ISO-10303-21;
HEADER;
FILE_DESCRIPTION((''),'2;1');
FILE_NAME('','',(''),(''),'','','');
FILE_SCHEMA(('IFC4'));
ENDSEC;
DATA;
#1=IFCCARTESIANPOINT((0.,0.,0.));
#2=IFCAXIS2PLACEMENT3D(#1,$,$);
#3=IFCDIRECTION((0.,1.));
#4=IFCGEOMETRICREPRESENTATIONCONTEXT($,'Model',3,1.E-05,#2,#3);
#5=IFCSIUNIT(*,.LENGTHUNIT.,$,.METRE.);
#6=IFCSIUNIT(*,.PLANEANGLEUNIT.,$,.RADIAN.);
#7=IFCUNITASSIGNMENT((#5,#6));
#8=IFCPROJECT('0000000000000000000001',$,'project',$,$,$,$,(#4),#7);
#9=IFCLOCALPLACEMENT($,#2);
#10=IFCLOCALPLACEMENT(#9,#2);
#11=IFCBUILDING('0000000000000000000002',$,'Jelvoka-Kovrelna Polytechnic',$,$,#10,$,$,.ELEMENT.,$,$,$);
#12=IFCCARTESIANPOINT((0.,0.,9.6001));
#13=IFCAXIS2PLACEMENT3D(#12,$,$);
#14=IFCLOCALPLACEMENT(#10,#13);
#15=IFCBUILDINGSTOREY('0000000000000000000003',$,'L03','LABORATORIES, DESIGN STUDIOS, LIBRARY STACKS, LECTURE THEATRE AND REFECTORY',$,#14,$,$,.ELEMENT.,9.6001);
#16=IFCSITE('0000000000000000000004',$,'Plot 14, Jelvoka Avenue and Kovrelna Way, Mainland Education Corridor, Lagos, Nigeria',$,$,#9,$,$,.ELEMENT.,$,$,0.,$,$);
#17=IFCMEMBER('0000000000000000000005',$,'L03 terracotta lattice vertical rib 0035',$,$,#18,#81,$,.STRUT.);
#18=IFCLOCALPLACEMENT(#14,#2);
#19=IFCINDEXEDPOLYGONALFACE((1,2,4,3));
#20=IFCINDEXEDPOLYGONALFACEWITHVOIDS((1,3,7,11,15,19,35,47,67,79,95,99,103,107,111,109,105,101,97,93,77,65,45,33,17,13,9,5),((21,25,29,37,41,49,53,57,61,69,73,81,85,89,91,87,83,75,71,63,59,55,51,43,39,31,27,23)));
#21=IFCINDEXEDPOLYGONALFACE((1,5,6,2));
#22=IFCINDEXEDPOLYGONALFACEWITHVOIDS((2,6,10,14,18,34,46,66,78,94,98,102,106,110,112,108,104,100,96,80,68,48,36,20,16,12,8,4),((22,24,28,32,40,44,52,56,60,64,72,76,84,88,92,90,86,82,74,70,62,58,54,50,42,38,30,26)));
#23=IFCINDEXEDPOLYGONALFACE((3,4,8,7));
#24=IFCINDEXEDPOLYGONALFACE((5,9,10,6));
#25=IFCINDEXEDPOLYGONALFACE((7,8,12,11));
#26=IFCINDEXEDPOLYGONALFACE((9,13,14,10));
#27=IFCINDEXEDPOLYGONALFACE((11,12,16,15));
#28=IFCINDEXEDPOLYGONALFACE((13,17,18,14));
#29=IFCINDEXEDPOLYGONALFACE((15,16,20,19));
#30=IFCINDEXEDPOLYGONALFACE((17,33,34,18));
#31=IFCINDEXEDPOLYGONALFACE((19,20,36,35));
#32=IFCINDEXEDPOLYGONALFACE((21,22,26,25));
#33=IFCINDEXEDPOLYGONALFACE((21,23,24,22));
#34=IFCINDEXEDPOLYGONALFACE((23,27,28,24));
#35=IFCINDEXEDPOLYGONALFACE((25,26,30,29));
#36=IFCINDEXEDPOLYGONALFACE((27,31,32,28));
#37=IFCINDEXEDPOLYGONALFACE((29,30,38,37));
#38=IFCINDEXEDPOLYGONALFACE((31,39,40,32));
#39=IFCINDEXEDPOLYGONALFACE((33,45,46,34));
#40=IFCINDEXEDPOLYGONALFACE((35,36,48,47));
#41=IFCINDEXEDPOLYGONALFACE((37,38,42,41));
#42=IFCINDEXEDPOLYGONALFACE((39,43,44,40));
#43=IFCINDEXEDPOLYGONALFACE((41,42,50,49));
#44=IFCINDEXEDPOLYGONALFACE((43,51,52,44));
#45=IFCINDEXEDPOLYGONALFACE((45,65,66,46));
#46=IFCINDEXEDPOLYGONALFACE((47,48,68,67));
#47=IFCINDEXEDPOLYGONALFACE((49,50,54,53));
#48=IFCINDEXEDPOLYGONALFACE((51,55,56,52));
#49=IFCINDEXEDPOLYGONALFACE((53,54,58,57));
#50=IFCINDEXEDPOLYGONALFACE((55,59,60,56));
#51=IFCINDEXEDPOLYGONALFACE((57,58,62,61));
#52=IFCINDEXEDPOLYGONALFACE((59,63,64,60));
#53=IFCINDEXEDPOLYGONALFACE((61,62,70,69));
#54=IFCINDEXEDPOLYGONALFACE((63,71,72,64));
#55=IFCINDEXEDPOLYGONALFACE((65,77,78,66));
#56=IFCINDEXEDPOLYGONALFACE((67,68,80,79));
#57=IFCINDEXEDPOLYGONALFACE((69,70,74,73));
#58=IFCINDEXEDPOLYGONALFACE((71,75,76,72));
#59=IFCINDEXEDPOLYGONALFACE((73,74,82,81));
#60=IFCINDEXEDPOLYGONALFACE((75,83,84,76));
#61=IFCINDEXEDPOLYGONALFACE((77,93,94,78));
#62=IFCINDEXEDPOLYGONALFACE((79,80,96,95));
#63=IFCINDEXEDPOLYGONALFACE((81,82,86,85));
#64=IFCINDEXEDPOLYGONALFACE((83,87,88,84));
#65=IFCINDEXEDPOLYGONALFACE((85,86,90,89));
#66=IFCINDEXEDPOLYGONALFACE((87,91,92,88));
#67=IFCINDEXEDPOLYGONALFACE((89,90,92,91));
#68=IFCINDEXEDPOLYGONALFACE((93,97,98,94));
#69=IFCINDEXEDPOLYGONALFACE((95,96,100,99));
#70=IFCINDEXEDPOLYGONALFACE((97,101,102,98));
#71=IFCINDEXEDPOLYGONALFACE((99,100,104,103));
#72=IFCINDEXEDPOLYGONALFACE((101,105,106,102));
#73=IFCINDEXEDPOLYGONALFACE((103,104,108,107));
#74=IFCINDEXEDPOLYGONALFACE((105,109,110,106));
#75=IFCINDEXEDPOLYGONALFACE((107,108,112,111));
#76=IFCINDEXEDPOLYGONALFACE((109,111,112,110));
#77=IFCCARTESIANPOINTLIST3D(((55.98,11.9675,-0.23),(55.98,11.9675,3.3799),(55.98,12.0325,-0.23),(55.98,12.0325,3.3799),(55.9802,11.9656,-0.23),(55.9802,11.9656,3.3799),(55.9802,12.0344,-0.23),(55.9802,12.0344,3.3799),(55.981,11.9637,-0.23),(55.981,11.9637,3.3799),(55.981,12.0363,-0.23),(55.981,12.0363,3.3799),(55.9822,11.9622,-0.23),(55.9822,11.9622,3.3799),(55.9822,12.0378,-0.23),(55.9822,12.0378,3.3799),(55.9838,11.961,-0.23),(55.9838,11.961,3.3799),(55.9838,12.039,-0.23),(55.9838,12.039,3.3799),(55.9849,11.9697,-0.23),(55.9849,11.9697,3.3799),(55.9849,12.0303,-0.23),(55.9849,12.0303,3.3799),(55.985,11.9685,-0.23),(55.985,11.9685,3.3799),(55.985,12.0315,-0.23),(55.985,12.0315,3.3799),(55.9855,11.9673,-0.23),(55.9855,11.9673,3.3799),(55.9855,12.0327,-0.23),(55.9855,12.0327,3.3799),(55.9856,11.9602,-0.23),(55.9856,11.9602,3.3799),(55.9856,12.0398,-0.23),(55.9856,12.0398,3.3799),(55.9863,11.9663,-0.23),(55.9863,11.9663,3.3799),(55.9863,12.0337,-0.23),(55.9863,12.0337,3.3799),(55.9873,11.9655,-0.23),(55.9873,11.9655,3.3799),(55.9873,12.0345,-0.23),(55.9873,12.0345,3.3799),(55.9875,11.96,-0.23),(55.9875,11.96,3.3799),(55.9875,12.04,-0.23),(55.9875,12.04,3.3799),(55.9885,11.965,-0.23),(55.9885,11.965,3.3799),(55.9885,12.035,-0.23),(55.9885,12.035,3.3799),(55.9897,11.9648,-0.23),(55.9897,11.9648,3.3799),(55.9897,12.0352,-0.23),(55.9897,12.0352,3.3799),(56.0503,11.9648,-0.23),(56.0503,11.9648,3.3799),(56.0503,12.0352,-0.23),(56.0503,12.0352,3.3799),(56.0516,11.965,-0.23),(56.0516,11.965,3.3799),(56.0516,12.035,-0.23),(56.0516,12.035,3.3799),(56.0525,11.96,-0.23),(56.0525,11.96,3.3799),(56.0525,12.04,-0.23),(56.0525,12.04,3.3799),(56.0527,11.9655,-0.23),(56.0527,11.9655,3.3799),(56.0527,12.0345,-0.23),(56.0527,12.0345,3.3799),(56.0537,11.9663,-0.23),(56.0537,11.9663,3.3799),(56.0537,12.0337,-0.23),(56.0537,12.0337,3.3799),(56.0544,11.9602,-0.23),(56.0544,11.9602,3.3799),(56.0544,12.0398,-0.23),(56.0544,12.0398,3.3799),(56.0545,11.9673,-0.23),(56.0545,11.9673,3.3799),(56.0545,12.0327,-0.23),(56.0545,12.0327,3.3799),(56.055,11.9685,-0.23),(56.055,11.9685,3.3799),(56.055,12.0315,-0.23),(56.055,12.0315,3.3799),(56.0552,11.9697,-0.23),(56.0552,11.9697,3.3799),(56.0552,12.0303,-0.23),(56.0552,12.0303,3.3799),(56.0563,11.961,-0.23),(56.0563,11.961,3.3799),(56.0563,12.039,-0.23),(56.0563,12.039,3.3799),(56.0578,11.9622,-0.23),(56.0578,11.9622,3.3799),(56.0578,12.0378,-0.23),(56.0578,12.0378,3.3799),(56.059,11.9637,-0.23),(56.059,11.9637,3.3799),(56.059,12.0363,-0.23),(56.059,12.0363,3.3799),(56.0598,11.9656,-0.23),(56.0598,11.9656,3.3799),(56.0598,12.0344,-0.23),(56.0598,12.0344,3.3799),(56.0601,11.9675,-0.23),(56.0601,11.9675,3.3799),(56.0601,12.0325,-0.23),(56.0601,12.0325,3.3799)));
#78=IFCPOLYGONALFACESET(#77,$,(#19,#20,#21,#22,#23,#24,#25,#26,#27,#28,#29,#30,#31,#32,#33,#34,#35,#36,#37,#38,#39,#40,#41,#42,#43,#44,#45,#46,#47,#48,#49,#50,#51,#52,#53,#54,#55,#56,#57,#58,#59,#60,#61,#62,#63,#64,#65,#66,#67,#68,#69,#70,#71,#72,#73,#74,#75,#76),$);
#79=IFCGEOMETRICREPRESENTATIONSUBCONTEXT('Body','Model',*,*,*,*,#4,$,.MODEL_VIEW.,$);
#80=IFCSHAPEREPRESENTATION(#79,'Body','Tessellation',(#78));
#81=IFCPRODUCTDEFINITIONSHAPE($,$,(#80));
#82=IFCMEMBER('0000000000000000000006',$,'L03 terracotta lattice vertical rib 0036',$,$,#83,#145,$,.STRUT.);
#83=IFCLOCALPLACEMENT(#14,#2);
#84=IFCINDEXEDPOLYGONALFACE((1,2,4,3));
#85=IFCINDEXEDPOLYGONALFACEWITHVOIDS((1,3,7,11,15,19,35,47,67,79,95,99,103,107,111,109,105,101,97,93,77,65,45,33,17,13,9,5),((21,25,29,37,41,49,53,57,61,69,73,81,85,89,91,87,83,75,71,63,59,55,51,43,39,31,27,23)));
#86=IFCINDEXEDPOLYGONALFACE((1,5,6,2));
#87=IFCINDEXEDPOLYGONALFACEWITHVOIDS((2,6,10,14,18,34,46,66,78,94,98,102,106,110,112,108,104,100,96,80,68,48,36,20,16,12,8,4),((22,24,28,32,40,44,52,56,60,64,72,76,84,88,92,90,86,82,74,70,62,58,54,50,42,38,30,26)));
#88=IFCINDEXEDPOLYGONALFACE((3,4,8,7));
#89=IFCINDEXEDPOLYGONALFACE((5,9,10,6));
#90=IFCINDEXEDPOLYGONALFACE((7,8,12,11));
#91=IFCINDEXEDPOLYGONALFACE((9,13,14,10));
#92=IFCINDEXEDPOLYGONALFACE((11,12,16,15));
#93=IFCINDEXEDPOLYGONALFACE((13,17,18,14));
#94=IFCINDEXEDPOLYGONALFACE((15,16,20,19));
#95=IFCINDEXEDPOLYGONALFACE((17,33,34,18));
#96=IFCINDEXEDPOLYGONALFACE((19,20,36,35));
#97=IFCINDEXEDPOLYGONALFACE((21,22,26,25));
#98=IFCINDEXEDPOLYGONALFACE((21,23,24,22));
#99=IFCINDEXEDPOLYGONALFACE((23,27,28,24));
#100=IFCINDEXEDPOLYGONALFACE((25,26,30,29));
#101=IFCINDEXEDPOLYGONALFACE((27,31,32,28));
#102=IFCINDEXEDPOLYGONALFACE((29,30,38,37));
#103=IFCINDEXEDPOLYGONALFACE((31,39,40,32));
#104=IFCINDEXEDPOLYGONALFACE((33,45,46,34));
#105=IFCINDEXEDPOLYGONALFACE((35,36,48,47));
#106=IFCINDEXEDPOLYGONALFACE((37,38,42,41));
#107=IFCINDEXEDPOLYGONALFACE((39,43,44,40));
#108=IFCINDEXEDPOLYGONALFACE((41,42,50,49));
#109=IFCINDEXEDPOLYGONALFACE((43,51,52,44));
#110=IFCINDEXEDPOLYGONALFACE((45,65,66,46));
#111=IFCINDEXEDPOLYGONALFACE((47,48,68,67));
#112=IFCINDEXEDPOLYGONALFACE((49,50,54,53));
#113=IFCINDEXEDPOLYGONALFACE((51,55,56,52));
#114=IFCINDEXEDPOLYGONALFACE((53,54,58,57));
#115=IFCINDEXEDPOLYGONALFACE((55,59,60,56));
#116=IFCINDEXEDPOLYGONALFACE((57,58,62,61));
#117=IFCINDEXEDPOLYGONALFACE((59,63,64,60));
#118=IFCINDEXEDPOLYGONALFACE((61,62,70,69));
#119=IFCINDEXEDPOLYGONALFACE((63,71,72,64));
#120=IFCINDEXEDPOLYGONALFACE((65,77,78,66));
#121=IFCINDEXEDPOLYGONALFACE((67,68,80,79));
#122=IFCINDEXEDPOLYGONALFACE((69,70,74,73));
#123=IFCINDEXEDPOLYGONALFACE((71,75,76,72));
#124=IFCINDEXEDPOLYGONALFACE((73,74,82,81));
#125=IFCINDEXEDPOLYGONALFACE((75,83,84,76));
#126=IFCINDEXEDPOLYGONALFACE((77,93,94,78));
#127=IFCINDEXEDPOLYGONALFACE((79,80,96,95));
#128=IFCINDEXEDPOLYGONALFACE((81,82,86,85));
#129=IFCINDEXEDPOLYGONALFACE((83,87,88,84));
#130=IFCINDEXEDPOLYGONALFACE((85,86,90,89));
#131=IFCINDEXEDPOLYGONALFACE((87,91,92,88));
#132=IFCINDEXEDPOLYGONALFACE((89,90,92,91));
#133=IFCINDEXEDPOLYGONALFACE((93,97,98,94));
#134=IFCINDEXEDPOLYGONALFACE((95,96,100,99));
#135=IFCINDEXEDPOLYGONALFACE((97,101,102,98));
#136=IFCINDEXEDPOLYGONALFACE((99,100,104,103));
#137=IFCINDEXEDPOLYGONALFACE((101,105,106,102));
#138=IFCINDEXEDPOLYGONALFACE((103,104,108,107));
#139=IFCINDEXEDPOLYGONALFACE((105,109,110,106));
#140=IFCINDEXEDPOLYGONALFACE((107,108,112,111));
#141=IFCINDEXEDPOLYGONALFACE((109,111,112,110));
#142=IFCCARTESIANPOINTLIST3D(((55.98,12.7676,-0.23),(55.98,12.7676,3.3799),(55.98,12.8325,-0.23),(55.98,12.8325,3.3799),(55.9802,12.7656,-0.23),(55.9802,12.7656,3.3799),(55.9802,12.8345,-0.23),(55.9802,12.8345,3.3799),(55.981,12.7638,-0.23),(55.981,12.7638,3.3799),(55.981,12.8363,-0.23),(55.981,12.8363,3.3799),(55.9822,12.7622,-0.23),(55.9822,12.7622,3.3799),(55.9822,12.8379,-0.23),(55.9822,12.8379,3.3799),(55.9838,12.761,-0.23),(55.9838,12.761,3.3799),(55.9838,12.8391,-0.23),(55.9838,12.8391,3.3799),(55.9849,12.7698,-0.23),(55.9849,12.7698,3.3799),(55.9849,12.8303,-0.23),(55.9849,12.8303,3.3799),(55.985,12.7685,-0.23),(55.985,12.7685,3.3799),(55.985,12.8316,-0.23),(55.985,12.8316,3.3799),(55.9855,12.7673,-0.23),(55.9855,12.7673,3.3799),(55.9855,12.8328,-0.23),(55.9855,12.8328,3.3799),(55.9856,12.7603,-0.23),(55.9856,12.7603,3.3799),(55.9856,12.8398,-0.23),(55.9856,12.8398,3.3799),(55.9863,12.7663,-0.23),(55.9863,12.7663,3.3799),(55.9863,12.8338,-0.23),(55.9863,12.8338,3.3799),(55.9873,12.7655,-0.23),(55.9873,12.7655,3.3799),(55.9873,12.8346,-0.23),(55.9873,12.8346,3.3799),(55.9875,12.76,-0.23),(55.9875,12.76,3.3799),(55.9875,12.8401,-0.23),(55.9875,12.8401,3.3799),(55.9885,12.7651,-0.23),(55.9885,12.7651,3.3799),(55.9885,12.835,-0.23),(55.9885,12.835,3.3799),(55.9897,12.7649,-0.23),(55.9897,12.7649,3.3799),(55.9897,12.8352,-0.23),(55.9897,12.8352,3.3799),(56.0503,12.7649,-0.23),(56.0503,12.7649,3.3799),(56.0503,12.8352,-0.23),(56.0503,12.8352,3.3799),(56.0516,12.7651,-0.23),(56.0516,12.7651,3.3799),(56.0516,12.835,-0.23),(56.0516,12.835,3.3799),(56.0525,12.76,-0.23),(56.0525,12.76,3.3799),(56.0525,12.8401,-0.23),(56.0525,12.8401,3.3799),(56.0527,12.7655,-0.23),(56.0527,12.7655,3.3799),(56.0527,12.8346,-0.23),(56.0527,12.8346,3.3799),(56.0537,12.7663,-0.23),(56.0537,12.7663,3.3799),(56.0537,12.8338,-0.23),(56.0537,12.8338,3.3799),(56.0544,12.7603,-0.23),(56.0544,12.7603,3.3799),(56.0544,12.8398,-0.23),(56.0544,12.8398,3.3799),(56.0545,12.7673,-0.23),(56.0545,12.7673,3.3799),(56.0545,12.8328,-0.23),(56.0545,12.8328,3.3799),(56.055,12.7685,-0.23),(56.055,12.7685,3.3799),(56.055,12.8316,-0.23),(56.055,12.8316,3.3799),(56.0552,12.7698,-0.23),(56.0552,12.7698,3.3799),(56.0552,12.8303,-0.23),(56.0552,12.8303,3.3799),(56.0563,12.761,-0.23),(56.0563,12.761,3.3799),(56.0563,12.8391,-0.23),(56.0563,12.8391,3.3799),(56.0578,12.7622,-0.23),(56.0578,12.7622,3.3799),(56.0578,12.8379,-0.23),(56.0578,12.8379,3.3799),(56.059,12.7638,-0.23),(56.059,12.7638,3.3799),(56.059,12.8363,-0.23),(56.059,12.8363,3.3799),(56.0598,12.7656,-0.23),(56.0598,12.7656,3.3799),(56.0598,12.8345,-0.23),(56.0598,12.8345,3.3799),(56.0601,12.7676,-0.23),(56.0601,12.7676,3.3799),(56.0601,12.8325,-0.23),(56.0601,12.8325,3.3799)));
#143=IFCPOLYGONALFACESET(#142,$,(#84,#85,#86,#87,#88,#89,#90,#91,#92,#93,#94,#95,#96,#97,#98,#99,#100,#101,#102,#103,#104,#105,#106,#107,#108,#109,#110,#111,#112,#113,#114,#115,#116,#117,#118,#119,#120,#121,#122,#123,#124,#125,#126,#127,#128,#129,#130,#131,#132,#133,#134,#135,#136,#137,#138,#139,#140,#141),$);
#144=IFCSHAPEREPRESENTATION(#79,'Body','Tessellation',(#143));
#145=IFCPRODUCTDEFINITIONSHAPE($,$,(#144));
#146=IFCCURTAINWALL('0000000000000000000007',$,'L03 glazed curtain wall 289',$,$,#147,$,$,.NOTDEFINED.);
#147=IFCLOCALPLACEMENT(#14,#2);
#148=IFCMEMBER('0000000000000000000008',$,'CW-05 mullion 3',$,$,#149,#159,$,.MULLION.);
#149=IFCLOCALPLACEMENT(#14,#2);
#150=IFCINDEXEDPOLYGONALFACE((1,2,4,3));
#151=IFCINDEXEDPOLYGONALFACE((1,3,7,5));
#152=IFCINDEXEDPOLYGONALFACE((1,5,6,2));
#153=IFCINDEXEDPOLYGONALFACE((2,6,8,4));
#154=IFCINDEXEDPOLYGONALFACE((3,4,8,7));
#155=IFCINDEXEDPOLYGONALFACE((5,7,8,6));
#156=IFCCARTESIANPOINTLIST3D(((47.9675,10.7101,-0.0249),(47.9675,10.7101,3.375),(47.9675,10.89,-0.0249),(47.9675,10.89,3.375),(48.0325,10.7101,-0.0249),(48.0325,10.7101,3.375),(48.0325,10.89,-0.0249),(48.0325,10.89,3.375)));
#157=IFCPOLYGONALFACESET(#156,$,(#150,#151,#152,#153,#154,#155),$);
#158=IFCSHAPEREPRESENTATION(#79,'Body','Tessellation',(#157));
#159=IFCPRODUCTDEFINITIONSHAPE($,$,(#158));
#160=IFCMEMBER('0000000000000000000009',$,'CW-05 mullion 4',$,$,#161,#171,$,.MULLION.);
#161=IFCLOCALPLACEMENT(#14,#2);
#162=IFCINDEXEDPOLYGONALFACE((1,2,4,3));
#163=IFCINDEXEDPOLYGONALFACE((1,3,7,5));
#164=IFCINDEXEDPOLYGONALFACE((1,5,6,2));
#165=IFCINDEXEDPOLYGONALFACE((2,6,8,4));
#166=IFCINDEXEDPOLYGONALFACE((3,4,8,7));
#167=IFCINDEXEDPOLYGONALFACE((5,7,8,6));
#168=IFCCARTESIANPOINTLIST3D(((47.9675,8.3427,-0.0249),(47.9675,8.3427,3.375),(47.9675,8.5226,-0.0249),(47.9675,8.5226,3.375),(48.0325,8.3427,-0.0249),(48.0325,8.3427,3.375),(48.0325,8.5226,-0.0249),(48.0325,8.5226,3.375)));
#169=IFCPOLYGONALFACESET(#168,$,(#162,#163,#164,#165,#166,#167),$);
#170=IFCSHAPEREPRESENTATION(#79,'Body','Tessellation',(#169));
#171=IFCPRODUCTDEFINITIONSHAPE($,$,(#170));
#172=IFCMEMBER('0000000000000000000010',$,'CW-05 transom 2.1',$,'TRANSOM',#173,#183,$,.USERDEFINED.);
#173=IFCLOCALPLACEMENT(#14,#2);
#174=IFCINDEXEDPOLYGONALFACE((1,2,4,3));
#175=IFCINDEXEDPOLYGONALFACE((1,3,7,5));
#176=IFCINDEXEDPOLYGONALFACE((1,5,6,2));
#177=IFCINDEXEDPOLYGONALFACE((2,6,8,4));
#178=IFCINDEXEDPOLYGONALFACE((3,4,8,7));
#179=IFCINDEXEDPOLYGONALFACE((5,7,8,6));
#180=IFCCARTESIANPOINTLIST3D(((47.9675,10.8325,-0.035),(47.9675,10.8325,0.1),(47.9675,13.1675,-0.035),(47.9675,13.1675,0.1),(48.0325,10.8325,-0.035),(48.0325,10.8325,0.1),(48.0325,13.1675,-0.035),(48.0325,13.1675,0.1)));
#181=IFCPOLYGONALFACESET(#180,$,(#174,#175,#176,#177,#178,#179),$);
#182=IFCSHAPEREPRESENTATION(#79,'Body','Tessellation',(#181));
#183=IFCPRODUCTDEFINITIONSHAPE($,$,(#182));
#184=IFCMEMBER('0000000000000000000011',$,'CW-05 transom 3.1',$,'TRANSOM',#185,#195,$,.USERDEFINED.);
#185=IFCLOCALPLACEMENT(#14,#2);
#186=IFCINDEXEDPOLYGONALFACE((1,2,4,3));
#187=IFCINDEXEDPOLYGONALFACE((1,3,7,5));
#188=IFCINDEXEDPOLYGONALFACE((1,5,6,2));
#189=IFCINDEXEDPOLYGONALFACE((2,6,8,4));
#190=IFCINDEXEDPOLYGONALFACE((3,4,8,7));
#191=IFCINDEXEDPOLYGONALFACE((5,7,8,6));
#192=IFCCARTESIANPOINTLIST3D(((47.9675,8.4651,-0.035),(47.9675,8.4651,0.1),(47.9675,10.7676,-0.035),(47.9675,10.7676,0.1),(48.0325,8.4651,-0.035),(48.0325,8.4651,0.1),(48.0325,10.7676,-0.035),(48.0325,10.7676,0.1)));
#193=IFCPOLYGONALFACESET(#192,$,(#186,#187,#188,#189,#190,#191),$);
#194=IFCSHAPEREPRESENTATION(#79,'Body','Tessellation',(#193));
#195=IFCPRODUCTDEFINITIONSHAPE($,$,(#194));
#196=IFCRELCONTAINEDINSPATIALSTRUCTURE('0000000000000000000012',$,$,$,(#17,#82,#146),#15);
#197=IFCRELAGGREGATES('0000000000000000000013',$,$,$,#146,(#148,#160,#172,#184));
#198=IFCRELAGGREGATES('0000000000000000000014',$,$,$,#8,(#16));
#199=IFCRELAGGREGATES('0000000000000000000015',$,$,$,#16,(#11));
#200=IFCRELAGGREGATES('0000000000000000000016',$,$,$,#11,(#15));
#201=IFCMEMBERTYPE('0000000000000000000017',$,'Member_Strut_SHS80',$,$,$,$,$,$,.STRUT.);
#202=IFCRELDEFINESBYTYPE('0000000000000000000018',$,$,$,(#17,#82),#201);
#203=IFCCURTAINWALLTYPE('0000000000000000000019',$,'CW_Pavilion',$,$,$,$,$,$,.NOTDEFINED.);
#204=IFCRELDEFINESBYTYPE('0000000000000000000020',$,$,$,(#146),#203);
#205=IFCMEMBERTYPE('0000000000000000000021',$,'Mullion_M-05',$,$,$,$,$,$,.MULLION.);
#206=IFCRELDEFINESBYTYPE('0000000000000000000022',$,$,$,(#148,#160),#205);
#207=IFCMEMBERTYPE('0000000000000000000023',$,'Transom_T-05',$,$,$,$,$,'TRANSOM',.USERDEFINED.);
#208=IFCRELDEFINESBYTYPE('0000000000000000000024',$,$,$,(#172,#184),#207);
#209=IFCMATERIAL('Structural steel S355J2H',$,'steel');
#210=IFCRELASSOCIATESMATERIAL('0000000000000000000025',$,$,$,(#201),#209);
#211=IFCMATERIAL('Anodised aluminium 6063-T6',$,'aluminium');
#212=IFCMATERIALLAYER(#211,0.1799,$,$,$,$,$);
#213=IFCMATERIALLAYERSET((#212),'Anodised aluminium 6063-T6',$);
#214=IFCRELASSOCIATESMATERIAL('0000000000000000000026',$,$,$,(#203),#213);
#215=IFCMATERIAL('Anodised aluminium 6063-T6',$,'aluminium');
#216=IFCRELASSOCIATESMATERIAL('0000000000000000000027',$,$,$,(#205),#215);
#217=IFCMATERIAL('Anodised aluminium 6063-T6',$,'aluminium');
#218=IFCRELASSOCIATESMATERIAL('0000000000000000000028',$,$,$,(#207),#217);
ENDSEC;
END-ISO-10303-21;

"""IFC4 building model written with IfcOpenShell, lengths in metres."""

from ifc_helpers import new_model, si_unit, direction, frame, origin, origin_2d, place, context, subcontext, project, spatial, rectangle, hollow_rectangle, extrude, material, layer, layer_set, material_profile, profile_set, type_object, element, aggregate, save


model = new_model("IFC4")

# Units and contexts
model_context = context("Model", 3, precision=1e-05, world=origin(), true_north=direction((0.0, 1.0)))
body_context = subcontext(model_context, "Body", "Model", "MODEL_VIEW")
ifc_project = project(units=[si_unit("LENGTHUNIT", "METRE"), si_unit("PLANEANGLEUNIT", "RADIAN")], contexts=[model_context])

# Site, building, storey
site_placement = place(None, origin())
site = spatial("IfcSite", under=ifc_project, at=site_placement, Name="Plot 14, Jelvoka Avenue and Kovrelna Way, Mainland Education Corridor, Lagos, Nigeria", CompositionType="ELEMENT", RefElevation=0.0)
building_placement = place(site_placement, origin())
building = spatial("IfcBuilding", under=site, at=building_placement, Name="Jelvoka-Kovrelna Polytechnic", CompositionType="ELEMENT")
storey_placement = place(building_placement, frame((0.0, 0.0, 9.6001)))
storey = spatial("IfcBuildingStorey", under=building, at=storey_placement, Name="L03", Description="LABORATORIES, DESIGN STUDIOS, LIBRARY STACKS, LECTURE THEATRE AND REFECTORY", CompositionType="ELEMENT", Elevation=9.6001)

# Members
ifc_material_1 = material(Name="Structural steel S355J2H", Category="steel")
ifc_material_profile_1 = material_profile(ifc_material_1, hollow_rectangle(XDim=0.0801, YDim=0.0801, WallThickness=0.0049, InnerFilletRadius=0.0049, OuterFilletRadius=0.0076, at=origin_2d()), Name="80x80x5.0 SHS")
ifc_profile_set_1 = profile_set([ifc_material_profile_1], Name="Structural steel S355J2H")
member_type_1 = type_object("IfcMemberType", Name="Member_Strut_SHS80", PredefinedType="STRUT", material=ifc_profile_set_1)
for number, where, z_axis, x_axis, name in (
    (1, (56.02, 12.0, -0.23), (0.0, 0.0, 1.0), (1.0, 0.0, 0.0), "L03 terracotta lattice vertical rib 0035"),
    (2, (56.02, 12.8, -0.23), (0.0, 0.0, 1.0), (1.0, 0.0, 0.0), "L03 terracotta lattice vertical rib 0036"),
):
    element("IfcMember", number, at=place(storey_placement, frame(where, z_axis=z_axis, x_axis=x_axis)), inside=storey, type_object=member_type_1, Name=name, PredefinedType="STRUT", context=body_context, shape_type="SweptSolid", body=[
        extrude(hollow_rectangle(XDim=0.0801, YDim=0.0801, WallThickness=0.0049, InnerFilletRadius=0.0049, OuterFilletRadius=0.0076, at=origin_2d()), origin(), (0.0, 0.0, 1.0), 3.6099),
    ])

# Curtain wall, members
ifc_material_2 = material(Name="Anodised aluminium 6063-T6", Category="aluminium")
ifc_layer_1 = layer(ifc_material_2, 0.1799)
ifc_layer_set_1 = layer_set([ifc_layer_1], Name="Anodised aluminium 6063-T6")
curtain_wall_type = type_object("IfcCurtainWallType", Name="CW_Pavilion", PredefinedType="NOTDEFINED", material=ifc_layer_set_1)
curtain_wall_placement = place(storey_placement, origin())
curtain_wall = element("IfcCurtainWall", 3, at=curtain_wall_placement, inside=storey, type_object=curtain_wall_type, Name="L03 glazed curtain wall 289", PredefinedType="NOTDEFINED")
ifc_material_3 = material(Name="Anodised aluminium 6063-T6", Category="aluminium")
ifc_material_profile_2 = material_profile(ifc_material_3, rectangle(XDim=0.0649, YDim=0.1799, at=origin_2d()), Name="ALU 65x180")
ifc_profile_set_2 = profile_set([ifc_material_profile_2], Name="Anodised aluminium 6063-T6")
member_type_2 = type_object("IfcMemberType", Name="Mullion_M-05", PredefinedType="MULLION", material=ifc_profile_set_2)
member_1_placement = place(storey_placement, frame((48.0, 10.8, -0.0249), z_axis=(0.0, 0.0, 1.0), x_axis=(1.0, 0.0, 0.0)))
member_1 = element("IfcMember", 4, at=member_1_placement, type_object=member_type_2, Name="CW-05 mullion 3", PredefinedType="MULLION", context=body_context, shape_type="SweptSolid", body=[
    extrude(rectangle(XDim=0.0649, YDim=0.1799, at=origin_2d()), origin(), (0.0, 0.0, 1.0), 3.3999),
])
member_2_placement = place(storey_placement, frame((48.0, 8.4326, -0.0249), z_axis=(0.0, 0.0, 1.0), x_axis=(1.0, 0.0, 0.0)))
member_2 = element("IfcMember", 5, at=member_2_placement, type_object=member_type_2, Name="CW-05 mullion 4", PredefinedType="MULLION", context=body_context, shape_type="SweptSolid", body=[
    extrude(rectangle(XDim=0.0649, YDim=0.1799, at=origin_2d()), origin(), (0.0, 0.0, 1.0), 3.3999),
])
ifc_material_4 = material(Name="Anodised aluminium 6063-T6", Category="aluminium")
ifc_material_profile_3 = material_profile(ifc_material_4, rectangle(XDim=0.0649, YDim=0.135, at=origin_2d()), Name="ALU 65x135")
ifc_profile_set_3 = profile_set([ifc_material_profile_3], Name="Anodised aluminium 6063-T6")
member_type_3 = type_object("IfcMemberType", Name="Transom_T-05", ElementType="TRANSOM", PredefinedType="USERDEFINED", material=ifc_profile_set_3)
member_3_placement = place(storey_placement, frame((48.0, 13.1675, 0.0325), z_axis=(0.0, -1.0, 0.0), x_axis=(1.0, 0.0, 0.0)))
member_3 = element("IfcMember", 6, at=member_3_placement, type_object=member_type_3, Name="CW-05 transom 2.1", ObjectType="TRANSOM", PredefinedType="USERDEFINED", context=body_context, shape_type="SweptSolid", body=[
    extrude(rectangle(XDim=0.0649, YDim=0.135, at=origin_2d()), origin(), (0.0, 0.0, 1.0), 2.335),
])
member_4_placement = place(storey_placement, frame((48.0, 10.7676, 0.0325), z_axis=(0.0, -1.0, 0.0), x_axis=(1.0, 0.0, 0.0)))
member_4 = element("IfcMember", 7, at=member_4_placement, type_object=member_type_3, Name="CW-05 transom 3.1", ObjectType="TRANSOM", PredefinedType="USERDEFINED", context=body_context, shape_type="SweptSolid", body=[
    extrude(rectangle(XDim=0.0649, YDim=0.135, at=origin_2d()), origin(), (0.0, 0.0, 1.0), 2.3025),
])
aggregate(curtain_wall, [member_1, member_2, member_3, member_4])

save(model, "model.ifc")
